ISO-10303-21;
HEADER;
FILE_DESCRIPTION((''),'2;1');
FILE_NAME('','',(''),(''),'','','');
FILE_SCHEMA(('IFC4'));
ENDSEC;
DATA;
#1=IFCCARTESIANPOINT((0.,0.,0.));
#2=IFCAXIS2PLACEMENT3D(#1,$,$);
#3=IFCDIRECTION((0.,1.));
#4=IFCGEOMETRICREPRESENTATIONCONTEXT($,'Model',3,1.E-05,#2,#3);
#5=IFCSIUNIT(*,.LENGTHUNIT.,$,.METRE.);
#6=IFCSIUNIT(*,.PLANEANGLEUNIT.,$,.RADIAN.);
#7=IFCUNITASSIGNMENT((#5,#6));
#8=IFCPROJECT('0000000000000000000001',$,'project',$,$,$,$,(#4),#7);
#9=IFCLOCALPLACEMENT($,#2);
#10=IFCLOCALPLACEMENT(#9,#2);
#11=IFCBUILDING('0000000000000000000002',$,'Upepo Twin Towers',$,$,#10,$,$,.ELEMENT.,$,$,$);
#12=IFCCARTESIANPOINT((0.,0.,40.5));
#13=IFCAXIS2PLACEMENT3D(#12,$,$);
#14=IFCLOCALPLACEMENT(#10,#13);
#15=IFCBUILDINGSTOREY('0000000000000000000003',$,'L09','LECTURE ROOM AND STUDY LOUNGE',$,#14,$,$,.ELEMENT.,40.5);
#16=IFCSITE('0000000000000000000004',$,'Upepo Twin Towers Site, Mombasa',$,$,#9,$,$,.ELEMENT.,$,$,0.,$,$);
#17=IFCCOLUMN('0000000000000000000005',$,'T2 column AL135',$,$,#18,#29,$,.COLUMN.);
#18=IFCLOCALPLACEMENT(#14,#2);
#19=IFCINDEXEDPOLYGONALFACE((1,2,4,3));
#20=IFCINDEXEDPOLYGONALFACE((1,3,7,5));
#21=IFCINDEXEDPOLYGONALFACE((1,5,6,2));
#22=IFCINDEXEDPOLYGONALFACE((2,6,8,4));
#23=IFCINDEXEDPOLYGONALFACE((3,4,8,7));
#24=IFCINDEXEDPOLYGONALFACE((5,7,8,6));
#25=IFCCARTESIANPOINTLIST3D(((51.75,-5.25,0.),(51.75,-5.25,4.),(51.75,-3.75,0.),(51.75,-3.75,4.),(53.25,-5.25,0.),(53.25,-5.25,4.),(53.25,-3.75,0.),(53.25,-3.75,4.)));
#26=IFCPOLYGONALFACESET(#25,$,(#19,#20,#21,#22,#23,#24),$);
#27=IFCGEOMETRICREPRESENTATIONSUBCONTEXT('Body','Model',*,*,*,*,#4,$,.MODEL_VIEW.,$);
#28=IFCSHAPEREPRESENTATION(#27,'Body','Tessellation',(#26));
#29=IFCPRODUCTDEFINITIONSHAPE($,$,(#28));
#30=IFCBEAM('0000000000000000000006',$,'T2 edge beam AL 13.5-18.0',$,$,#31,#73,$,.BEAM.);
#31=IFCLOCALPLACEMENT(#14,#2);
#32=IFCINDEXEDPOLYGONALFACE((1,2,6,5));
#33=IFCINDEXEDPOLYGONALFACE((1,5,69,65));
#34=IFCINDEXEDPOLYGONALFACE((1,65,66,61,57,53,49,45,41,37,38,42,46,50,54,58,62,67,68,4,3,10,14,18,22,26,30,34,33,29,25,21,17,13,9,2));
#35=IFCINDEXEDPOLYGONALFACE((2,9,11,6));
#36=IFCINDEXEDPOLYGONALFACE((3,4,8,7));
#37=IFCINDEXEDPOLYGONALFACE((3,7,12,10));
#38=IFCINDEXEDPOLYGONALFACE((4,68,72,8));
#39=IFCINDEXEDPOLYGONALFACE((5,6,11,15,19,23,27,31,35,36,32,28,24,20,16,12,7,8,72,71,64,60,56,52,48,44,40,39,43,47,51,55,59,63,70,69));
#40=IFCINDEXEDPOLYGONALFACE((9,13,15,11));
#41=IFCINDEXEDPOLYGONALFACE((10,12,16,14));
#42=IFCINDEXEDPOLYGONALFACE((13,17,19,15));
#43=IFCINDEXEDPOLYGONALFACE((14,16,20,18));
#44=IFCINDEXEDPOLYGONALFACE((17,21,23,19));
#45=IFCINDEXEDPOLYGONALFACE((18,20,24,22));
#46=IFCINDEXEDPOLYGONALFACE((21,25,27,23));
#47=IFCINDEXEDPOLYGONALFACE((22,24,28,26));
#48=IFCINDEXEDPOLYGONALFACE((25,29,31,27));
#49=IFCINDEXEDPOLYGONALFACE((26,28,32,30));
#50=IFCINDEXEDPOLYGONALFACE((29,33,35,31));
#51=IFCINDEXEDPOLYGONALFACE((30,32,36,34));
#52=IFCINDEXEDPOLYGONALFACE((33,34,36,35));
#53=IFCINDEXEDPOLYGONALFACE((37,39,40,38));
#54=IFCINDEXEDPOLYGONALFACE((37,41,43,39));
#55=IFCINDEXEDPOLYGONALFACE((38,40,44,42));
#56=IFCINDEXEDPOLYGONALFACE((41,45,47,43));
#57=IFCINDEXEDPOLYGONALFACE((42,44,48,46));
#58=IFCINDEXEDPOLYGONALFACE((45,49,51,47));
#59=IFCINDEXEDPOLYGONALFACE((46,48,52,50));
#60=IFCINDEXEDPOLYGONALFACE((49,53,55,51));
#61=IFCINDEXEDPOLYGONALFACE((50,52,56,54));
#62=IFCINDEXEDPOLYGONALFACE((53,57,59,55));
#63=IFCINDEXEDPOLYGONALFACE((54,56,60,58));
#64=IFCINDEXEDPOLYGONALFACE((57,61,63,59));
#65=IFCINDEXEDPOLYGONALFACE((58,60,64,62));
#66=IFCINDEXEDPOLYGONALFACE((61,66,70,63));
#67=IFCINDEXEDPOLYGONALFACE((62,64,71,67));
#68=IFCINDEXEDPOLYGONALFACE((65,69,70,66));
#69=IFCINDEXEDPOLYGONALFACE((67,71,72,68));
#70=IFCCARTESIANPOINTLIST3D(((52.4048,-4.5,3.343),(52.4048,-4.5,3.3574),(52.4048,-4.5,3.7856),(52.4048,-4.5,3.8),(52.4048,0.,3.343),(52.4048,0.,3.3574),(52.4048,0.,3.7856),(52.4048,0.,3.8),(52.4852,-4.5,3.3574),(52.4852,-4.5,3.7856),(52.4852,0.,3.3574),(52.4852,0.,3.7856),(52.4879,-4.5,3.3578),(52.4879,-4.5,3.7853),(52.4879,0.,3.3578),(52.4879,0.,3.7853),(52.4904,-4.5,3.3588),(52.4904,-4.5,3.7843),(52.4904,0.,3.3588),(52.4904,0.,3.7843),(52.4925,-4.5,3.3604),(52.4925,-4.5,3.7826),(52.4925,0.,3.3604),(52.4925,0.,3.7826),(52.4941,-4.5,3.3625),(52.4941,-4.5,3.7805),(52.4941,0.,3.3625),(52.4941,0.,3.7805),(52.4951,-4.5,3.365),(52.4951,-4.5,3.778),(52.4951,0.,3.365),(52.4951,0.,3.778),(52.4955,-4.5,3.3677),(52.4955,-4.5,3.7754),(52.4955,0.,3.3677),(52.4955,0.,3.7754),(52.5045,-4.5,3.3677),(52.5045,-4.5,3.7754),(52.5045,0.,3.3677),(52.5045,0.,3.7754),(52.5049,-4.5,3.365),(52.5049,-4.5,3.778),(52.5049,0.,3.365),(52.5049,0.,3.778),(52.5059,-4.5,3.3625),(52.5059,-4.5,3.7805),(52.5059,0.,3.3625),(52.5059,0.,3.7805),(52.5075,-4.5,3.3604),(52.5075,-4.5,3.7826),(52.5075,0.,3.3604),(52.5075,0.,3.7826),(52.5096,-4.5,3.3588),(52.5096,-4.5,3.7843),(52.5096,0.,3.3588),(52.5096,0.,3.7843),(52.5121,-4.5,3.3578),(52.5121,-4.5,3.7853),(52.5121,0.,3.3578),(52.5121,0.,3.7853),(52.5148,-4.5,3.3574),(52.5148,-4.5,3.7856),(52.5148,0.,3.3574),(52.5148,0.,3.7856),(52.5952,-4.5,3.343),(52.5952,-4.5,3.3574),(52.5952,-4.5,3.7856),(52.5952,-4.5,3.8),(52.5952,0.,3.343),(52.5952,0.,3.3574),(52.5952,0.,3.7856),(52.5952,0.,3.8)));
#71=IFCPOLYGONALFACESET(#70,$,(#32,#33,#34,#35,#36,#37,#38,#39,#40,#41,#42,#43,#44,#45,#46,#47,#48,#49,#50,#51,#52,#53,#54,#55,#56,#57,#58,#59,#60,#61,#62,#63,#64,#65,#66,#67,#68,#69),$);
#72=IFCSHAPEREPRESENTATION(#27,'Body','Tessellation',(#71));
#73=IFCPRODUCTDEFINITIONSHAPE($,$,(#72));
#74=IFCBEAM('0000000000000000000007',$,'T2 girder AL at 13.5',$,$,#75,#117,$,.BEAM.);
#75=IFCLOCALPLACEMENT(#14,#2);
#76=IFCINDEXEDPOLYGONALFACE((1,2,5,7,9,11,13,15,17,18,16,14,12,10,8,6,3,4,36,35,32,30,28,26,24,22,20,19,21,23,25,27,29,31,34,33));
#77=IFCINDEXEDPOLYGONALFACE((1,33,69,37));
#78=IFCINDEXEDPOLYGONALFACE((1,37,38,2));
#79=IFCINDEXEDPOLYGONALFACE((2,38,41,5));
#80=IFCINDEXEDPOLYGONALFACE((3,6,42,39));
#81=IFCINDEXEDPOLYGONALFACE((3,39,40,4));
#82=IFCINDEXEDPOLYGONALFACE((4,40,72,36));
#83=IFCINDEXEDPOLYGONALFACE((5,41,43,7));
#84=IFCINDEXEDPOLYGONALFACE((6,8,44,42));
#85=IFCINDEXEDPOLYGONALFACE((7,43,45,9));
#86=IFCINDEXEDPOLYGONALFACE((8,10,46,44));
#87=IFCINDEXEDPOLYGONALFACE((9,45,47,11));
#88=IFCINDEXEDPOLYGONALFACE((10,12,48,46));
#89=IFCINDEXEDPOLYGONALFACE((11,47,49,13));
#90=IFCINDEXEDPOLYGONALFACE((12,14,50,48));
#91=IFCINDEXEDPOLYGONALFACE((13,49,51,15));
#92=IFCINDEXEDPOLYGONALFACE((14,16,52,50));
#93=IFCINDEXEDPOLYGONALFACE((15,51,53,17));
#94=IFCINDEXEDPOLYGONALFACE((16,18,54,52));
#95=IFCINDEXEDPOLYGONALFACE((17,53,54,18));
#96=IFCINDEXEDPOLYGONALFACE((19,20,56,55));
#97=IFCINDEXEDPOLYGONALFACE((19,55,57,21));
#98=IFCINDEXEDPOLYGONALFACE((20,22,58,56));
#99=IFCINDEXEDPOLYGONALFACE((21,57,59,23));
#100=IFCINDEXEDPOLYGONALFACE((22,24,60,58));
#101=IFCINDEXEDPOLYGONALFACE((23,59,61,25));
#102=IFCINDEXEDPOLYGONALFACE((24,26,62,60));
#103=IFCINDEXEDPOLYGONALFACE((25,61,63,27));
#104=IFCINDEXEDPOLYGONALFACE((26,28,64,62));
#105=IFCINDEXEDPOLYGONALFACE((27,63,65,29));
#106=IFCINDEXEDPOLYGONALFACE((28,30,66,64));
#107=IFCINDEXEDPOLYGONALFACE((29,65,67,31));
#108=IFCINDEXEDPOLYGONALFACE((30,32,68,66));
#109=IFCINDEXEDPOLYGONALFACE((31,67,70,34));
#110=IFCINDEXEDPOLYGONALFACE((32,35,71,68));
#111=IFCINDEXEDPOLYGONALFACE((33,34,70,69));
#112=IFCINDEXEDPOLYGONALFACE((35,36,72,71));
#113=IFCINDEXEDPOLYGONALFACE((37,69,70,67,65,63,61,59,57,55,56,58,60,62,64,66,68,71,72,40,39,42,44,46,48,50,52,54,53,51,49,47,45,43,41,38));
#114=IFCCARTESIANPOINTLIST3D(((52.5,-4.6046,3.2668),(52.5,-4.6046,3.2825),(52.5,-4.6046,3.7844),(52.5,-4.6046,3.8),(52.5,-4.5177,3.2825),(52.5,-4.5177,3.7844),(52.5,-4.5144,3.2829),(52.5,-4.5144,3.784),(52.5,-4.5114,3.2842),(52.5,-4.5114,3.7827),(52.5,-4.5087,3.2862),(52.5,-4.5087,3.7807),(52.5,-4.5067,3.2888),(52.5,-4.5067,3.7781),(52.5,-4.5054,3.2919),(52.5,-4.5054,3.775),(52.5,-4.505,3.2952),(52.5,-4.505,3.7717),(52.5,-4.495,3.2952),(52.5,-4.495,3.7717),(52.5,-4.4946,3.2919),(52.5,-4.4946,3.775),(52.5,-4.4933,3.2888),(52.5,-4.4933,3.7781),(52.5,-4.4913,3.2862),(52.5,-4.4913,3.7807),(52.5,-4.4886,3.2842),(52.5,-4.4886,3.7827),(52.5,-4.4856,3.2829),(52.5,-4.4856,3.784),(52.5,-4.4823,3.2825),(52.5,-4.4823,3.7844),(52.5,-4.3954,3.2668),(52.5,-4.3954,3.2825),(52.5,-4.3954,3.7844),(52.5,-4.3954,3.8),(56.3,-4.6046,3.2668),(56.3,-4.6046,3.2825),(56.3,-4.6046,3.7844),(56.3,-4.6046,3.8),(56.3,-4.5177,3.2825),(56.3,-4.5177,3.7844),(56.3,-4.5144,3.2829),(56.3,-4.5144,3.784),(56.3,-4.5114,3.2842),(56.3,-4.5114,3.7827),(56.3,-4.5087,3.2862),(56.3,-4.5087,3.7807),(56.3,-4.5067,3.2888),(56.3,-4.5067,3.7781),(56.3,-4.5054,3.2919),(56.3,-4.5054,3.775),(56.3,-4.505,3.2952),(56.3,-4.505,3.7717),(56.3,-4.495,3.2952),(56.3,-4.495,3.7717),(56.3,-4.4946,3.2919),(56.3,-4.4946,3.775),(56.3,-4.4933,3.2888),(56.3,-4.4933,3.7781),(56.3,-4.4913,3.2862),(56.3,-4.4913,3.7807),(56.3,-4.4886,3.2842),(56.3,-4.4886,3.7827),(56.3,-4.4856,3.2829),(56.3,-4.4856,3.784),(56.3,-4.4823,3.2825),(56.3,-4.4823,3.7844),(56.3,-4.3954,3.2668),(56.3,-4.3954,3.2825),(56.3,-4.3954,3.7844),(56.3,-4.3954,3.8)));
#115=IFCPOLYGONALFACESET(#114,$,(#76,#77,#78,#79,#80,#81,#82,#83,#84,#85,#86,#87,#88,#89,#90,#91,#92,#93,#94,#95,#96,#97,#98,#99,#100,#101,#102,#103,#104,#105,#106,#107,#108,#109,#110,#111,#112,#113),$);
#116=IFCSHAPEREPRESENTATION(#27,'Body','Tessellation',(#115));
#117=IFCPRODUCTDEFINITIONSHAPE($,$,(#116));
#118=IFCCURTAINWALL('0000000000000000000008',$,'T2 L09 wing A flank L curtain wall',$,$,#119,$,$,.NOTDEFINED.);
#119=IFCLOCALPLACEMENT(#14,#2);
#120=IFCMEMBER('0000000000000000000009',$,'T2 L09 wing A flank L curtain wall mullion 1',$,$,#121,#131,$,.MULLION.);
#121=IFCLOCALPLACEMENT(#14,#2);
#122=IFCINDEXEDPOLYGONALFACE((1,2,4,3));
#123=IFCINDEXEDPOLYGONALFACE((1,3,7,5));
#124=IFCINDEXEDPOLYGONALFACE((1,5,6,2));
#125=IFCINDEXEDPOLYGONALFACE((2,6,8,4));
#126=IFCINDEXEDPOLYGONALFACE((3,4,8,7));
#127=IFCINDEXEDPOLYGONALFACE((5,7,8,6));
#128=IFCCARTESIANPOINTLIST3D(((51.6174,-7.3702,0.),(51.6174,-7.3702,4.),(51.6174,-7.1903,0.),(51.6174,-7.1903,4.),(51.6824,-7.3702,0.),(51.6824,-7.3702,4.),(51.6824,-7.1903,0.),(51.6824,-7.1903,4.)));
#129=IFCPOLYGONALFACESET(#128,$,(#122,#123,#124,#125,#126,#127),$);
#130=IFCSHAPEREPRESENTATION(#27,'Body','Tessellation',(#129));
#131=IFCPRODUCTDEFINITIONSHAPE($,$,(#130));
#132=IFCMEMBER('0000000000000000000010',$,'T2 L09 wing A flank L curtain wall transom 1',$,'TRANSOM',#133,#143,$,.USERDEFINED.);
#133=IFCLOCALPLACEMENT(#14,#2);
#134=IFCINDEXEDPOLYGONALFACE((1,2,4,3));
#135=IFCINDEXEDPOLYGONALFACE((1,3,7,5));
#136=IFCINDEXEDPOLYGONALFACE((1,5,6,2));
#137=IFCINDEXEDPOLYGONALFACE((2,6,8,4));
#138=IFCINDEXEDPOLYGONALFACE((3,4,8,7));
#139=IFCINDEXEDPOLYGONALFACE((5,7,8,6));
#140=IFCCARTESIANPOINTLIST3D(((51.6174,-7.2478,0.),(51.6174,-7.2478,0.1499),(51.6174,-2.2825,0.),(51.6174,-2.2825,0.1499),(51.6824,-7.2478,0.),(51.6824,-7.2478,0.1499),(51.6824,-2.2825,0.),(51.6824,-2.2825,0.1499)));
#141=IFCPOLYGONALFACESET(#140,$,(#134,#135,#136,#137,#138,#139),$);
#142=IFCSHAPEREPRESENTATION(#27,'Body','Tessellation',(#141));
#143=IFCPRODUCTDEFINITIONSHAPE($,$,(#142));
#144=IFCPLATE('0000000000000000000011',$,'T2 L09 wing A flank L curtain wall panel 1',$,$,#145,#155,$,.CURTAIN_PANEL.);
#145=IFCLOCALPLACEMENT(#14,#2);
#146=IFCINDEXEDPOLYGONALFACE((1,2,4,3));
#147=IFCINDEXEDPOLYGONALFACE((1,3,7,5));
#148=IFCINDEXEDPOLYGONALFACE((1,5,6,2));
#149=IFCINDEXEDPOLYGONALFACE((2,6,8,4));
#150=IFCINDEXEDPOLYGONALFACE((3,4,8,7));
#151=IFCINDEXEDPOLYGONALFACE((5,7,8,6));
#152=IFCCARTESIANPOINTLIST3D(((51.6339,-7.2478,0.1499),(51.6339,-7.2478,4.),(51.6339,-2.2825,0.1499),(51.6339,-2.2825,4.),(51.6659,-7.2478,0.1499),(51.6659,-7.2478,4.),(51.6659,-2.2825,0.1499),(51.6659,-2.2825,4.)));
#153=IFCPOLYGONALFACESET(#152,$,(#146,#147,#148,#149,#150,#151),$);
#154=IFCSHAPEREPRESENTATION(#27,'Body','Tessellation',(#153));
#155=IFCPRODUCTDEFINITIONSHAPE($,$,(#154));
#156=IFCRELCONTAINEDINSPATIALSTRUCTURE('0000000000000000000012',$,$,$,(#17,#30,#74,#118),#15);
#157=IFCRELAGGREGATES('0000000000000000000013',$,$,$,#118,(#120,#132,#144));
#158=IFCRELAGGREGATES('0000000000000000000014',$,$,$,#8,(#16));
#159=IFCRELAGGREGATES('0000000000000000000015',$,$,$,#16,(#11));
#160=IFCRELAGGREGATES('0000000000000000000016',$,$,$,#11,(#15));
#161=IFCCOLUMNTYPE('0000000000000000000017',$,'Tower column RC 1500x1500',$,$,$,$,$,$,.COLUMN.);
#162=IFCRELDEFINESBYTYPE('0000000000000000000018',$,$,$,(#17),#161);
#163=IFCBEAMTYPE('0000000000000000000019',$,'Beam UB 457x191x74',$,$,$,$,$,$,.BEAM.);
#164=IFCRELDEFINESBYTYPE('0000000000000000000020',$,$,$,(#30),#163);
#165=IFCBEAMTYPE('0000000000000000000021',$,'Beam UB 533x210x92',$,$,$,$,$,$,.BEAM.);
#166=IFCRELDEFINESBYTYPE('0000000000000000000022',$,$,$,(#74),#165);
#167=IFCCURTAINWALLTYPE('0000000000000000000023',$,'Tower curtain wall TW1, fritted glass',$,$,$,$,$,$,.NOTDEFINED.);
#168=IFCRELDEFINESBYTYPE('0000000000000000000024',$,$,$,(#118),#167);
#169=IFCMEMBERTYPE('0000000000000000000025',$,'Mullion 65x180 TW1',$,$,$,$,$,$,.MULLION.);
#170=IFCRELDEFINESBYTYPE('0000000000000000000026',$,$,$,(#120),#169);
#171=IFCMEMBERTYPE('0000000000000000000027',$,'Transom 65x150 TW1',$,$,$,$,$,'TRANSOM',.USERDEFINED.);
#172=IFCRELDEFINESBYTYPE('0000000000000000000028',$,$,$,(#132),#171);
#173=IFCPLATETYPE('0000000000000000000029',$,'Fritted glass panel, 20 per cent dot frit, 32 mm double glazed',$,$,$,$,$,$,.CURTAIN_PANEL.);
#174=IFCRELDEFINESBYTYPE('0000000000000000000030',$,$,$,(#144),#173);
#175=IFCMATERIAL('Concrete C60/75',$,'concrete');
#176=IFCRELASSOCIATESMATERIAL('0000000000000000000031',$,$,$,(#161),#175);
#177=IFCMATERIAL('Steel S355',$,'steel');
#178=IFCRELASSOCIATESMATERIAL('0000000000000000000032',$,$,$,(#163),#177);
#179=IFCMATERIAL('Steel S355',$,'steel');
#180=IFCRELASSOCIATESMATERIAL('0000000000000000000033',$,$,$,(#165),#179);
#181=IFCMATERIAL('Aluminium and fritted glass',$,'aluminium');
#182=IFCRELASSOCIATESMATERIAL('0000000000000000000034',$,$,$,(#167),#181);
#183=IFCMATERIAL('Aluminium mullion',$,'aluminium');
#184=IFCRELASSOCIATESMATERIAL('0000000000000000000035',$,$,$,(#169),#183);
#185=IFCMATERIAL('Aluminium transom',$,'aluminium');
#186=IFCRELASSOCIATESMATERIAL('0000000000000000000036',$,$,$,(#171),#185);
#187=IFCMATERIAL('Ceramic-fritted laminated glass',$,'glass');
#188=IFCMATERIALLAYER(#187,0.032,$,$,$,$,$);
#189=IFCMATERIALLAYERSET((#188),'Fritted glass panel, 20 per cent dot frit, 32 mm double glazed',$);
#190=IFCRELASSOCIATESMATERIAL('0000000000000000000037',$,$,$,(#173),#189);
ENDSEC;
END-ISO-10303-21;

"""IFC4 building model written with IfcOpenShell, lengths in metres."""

from ifc_helpers import new_model, si_unit, direction, frame, origin, origin_2d, place, context, subcontext, project, spatial, rectangle, i_section, extrude, material, layer, layer_set, material_profile, profile_set, type_object, element, aggregate, save


model = new_model("IFC4")

# Units and contexts
model_context = context("Model", 3, precision=1e-05, world=origin(), true_north=direction((0.0, 1.0)))
body_context = subcontext(model_context, "Body", "Model", "MODEL_VIEW")
ifc_project = project(units=[si_unit("LENGTHUNIT", "METRE"), si_unit("PLANEANGLEUNIT", "RADIAN")], contexts=[model_context])

# Site, building, storey
site_placement = place(None, origin())
site = spatial("IfcSite", under=ifc_project, at=site_placement, Name="Upepo Twin Towers Site, Mombasa", CompositionType="ELEMENT", RefElevation=0.0)
building_placement = place(site_placement, origin())
building = spatial("IfcBuilding", under=site, at=building_placement, Name="Upepo Twin Towers", CompositionType="ELEMENT")
storey_placement = place(building_placement, frame((0.0, 0.0, 40.5)))
storey = spatial("IfcBuildingStorey", under=building, at=storey_placement, Name="L09", Description="LECTURE ROOM AND STUDY LOUNGE", CompositionType="ELEMENT", Elevation=40.5)

# Column
ifc_material_1 = material(Name="Concrete C60/75", Category="concrete")
ifc_material_profile_1 = material_profile(ifc_material_1, rectangle(XDim=1.5, YDim=1.5, at=origin_2d()), Name="RC 1500x1500")
ifc_profile_set_1 = profile_set([ifc_material_profile_1], Name="Concrete C60/75")
column_type = type_object("IfcColumnType", Name="Tower column RC 1500x1500", PredefinedType="COLUMN", material=ifc_profile_set_1)
column_placement = place(storey_placement, frame((52.5, -4.5, 0.0), z_axis=(0.0, 0.0, 1.0), x_axis=(1.0, 0.0, 0.0)))
element("IfcColumn", 1, at=column_placement, inside=storey, type_object=column_type, Name="T2 column AL135", PredefinedType="COLUMN", context=body_context, shape_type="SweptSolid", body=[
    extrude(rectangle(XDim=1.5, YDim=1.5, at=origin_2d()), origin(), (0.0, 0.0, 1.0), 4.0),
])

# Beams
ifc_material_2 = material(Name="Steel S355", Category="steel")
ifc_material_profile_2 = material_profile(ifc_material_2, i_section(OverallWidth=0.1904, OverallDepth=0.457, WebThickness=0.009, FlangeThickness=0.0144, FilletRadius=0.0103, at=origin_2d()), Name="UB 457x191x74")
ifc_profile_set_2 = profile_set([ifc_material_profile_2], Name="Steel S355")
beam_type_1 = type_object("IfcBeamType", Name="Beam UB 457x191x74", PredefinedType="BEAM", material=ifc_profile_set_2)
beam_1_placement = place(storey_placement, frame((52.5, -4.5, 3.5715), z_axis=(0.0, 1.0, 0.0), x_axis=(-1.0, 0.0, 0.0)))
element("IfcBeam", 2, at=beam_1_placement, inside=storey, type_object=beam_type_1, Name="T2 edge beam AL 13.5-18.0", PredefinedType="BEAM", context=body_context, shape_type="SweptSolid", body=[
    extrude(i_section(OverallWidth=0.1904, OverallDepth=0.457, WebThickness=0.009, FlangeThickness=0.0144, FilletRadius=0.0103, at=origin_2d()), origin(), (0.0, 0.0, 1.0), 4.5),
])
ifc_material_3 = material(Name="Steel S355", Category="steel")
ifc_material_profile_3 = material_profile(ifc_material_3, i_section(OverallWidth=0.2092, OverallDepth=0.5332, WebThickness=0.01, FlangeThickness=0.0156, FilletRadius=0.0127, at=origin_2d()), Name="UB 533x210x92")
ifc_profile_set_3 = profile_set([ifc_material_profile_3], Name="Steel S355")
beam_type_2 = type_object("IfcBeamType", Name="Beam UB 533x210x92", PredefinedType="BEAM", material=ifc_profile_set_3)
beam_2_placement = place(storey_placement, frame((52.5, -4.5, 3.5334), z_axis=(1.0, 0.0, 0.0), x_axis=(0.0, 1.0, 0.0)))
element("IfcBeam", 3, at=beam_2_placement, inside=storey, type_object=beam_type_2, Name="T2 girder AL at 13.5", PredefinedType="BEAM", context=body_context, shape_type="SweptSolid", body=[
    extrude(i_section(OverallWidth=0.2092, OverallDepth=0.5332, WebThickness=0.01, FlangeThickness=0.0156, FilletRadius=0.0127, at=origin_2d()), origin(), (0.0, 0.0, 1.0), 3.8),
])

# Curtain wall, members, plate
ifc_material_4 = material(Name="Aluminium and fritted glass", Category="aluminium")
curtain_wall_type = type_object("IfcCurtainWallType", Name="Tower curtain wall TW1, fritted glass", PredefinedType="NOTDEFINED", material=ifc_material_4)
curtain_wall_placement = place(storey_placement, origin())
curtain_wall = element("IfcCurtainWall", 4, at=curtain_wall_placement, inside=storey, type_object=curtain_wall_type, Name="T2 L09 wing A flank L curtain wall", PredefinedType="NOTDEFINED")
ifc_material_5 = material(Name="Aluminium mullion", Category="aluminium")
ifc_material_profile_4 = material_profile(ifc_material_5, rectangle(XDim=0.0649, YDim=0.1799, at=origin_2d()), Name="MULLION 65x180")
ifc_profile_set_4 = profile_set([ifc_material_profile_4], Name="Aluminium mullion")
member_type_1 = type_object("IfcMemberType", Name="Mullion 65x180 TW1", PredefinedType="MULLION", material=ifc_profile_set_4)
member_1_placement = place(storey_placement, frame((51.6499, -7.2803, 0.0), z_axis=(0.0, 0.0, 1.0), x_axis=(-1.0, 0.0, 0.0)))
member_1 = element("IfcMember", 5, at=member_1_placement, type_object=member_type_1, Name="T2 L09 wing A flank L curtain wall mullion 1", PredefinedType="MULLION", context=body_context, shape_type="SweptSolid", body=[
    extrude(rectangle(XDim=0.0649, YDim=0.1799, at=origin_2d()), origin(), (0.0, 0.0, 1.0), 4.0),
])
ifc_material_6 = material(Name="Aluminium transom", Category="aluminium")
ifc_material_profile_5 = material_profile(ifc_material_6, rectangle(XDim=0.0649, YDim=0.1499, at=origin_2d()), Name="TRANSOM 65x150")
ifc_profile_set_5 = profile_set([ifc_material_profile_5], Name="Aluminium transom")
member_type_2 = type_object("IfcMemberType", Name="Transom 65x150 TW1", ElementType="TRANSOM", PredefinedType="USERDEFINED", material=ifc_profile_set_5)
member_2_placement = place(storey_placement, frame((51.6499, -7.2478, 0.075), z_axis=(0.0, 1.0, 0.0), x_axis=(-1.0, 0.0, 0.0)))
member_2 = element("IfcMember", 6, at=member_2_placement, type_object=member_type_2, Name="T2 L09 wing A flank L curtain wall transom 1", ObjectType="TRANSOM", PredefinedType="USERDEFINED", context=body_context, shape_type="SweptSolid", body=[
    extrude(rectangle(XDim=0.0649, YDim=0.1499, at=origin_2d()), origin(), (0.0, 0.0, 1.0), 4.9653),
])
ifc_material_7 = material(Name="Ceramic-fritted laminated glass", Category="glass")
ifc_layer_1 = layer(ifc_material_7, 0.032)
ifc_layer_set_1 = layer_set([ifc_layer_1], Name="Fritted glass panel, 20 per cent dot frit, 32 mm double glazed")
plate_type = type_object("IfcPlateType", Name="Fritted glass panel, 20 per cent dot frit, 32 mm double glazed", PredefinedType="CURTAIN_PANEL", material=ifc_layer_set_1)
plate_placement = place(storey_placement, frame((51.6499, -4.7651, 0.1499), z_axis=(0.0, 0.0, 1.0), x_axis=(0.0, 1.0, 0.0)))
plate = element("IfcPlate", 7, at=plate_placement, type_object=plate_type, Name="T2 L09 wing A flank L curtain wall panel 1", PredefinedType="CURTAIN_PANEL", context=body_context, shape_type="SweptSolid", body=[
    extrude(rectangle(XDim=4.9653, YDim=0.032, at=origin_2d()), origin(), (0.0, 0.0, 1.0), 3.8501),
])
aggregate(curtain_wall, [member_1, member_2, plate])

save(model, "model.ifc")
